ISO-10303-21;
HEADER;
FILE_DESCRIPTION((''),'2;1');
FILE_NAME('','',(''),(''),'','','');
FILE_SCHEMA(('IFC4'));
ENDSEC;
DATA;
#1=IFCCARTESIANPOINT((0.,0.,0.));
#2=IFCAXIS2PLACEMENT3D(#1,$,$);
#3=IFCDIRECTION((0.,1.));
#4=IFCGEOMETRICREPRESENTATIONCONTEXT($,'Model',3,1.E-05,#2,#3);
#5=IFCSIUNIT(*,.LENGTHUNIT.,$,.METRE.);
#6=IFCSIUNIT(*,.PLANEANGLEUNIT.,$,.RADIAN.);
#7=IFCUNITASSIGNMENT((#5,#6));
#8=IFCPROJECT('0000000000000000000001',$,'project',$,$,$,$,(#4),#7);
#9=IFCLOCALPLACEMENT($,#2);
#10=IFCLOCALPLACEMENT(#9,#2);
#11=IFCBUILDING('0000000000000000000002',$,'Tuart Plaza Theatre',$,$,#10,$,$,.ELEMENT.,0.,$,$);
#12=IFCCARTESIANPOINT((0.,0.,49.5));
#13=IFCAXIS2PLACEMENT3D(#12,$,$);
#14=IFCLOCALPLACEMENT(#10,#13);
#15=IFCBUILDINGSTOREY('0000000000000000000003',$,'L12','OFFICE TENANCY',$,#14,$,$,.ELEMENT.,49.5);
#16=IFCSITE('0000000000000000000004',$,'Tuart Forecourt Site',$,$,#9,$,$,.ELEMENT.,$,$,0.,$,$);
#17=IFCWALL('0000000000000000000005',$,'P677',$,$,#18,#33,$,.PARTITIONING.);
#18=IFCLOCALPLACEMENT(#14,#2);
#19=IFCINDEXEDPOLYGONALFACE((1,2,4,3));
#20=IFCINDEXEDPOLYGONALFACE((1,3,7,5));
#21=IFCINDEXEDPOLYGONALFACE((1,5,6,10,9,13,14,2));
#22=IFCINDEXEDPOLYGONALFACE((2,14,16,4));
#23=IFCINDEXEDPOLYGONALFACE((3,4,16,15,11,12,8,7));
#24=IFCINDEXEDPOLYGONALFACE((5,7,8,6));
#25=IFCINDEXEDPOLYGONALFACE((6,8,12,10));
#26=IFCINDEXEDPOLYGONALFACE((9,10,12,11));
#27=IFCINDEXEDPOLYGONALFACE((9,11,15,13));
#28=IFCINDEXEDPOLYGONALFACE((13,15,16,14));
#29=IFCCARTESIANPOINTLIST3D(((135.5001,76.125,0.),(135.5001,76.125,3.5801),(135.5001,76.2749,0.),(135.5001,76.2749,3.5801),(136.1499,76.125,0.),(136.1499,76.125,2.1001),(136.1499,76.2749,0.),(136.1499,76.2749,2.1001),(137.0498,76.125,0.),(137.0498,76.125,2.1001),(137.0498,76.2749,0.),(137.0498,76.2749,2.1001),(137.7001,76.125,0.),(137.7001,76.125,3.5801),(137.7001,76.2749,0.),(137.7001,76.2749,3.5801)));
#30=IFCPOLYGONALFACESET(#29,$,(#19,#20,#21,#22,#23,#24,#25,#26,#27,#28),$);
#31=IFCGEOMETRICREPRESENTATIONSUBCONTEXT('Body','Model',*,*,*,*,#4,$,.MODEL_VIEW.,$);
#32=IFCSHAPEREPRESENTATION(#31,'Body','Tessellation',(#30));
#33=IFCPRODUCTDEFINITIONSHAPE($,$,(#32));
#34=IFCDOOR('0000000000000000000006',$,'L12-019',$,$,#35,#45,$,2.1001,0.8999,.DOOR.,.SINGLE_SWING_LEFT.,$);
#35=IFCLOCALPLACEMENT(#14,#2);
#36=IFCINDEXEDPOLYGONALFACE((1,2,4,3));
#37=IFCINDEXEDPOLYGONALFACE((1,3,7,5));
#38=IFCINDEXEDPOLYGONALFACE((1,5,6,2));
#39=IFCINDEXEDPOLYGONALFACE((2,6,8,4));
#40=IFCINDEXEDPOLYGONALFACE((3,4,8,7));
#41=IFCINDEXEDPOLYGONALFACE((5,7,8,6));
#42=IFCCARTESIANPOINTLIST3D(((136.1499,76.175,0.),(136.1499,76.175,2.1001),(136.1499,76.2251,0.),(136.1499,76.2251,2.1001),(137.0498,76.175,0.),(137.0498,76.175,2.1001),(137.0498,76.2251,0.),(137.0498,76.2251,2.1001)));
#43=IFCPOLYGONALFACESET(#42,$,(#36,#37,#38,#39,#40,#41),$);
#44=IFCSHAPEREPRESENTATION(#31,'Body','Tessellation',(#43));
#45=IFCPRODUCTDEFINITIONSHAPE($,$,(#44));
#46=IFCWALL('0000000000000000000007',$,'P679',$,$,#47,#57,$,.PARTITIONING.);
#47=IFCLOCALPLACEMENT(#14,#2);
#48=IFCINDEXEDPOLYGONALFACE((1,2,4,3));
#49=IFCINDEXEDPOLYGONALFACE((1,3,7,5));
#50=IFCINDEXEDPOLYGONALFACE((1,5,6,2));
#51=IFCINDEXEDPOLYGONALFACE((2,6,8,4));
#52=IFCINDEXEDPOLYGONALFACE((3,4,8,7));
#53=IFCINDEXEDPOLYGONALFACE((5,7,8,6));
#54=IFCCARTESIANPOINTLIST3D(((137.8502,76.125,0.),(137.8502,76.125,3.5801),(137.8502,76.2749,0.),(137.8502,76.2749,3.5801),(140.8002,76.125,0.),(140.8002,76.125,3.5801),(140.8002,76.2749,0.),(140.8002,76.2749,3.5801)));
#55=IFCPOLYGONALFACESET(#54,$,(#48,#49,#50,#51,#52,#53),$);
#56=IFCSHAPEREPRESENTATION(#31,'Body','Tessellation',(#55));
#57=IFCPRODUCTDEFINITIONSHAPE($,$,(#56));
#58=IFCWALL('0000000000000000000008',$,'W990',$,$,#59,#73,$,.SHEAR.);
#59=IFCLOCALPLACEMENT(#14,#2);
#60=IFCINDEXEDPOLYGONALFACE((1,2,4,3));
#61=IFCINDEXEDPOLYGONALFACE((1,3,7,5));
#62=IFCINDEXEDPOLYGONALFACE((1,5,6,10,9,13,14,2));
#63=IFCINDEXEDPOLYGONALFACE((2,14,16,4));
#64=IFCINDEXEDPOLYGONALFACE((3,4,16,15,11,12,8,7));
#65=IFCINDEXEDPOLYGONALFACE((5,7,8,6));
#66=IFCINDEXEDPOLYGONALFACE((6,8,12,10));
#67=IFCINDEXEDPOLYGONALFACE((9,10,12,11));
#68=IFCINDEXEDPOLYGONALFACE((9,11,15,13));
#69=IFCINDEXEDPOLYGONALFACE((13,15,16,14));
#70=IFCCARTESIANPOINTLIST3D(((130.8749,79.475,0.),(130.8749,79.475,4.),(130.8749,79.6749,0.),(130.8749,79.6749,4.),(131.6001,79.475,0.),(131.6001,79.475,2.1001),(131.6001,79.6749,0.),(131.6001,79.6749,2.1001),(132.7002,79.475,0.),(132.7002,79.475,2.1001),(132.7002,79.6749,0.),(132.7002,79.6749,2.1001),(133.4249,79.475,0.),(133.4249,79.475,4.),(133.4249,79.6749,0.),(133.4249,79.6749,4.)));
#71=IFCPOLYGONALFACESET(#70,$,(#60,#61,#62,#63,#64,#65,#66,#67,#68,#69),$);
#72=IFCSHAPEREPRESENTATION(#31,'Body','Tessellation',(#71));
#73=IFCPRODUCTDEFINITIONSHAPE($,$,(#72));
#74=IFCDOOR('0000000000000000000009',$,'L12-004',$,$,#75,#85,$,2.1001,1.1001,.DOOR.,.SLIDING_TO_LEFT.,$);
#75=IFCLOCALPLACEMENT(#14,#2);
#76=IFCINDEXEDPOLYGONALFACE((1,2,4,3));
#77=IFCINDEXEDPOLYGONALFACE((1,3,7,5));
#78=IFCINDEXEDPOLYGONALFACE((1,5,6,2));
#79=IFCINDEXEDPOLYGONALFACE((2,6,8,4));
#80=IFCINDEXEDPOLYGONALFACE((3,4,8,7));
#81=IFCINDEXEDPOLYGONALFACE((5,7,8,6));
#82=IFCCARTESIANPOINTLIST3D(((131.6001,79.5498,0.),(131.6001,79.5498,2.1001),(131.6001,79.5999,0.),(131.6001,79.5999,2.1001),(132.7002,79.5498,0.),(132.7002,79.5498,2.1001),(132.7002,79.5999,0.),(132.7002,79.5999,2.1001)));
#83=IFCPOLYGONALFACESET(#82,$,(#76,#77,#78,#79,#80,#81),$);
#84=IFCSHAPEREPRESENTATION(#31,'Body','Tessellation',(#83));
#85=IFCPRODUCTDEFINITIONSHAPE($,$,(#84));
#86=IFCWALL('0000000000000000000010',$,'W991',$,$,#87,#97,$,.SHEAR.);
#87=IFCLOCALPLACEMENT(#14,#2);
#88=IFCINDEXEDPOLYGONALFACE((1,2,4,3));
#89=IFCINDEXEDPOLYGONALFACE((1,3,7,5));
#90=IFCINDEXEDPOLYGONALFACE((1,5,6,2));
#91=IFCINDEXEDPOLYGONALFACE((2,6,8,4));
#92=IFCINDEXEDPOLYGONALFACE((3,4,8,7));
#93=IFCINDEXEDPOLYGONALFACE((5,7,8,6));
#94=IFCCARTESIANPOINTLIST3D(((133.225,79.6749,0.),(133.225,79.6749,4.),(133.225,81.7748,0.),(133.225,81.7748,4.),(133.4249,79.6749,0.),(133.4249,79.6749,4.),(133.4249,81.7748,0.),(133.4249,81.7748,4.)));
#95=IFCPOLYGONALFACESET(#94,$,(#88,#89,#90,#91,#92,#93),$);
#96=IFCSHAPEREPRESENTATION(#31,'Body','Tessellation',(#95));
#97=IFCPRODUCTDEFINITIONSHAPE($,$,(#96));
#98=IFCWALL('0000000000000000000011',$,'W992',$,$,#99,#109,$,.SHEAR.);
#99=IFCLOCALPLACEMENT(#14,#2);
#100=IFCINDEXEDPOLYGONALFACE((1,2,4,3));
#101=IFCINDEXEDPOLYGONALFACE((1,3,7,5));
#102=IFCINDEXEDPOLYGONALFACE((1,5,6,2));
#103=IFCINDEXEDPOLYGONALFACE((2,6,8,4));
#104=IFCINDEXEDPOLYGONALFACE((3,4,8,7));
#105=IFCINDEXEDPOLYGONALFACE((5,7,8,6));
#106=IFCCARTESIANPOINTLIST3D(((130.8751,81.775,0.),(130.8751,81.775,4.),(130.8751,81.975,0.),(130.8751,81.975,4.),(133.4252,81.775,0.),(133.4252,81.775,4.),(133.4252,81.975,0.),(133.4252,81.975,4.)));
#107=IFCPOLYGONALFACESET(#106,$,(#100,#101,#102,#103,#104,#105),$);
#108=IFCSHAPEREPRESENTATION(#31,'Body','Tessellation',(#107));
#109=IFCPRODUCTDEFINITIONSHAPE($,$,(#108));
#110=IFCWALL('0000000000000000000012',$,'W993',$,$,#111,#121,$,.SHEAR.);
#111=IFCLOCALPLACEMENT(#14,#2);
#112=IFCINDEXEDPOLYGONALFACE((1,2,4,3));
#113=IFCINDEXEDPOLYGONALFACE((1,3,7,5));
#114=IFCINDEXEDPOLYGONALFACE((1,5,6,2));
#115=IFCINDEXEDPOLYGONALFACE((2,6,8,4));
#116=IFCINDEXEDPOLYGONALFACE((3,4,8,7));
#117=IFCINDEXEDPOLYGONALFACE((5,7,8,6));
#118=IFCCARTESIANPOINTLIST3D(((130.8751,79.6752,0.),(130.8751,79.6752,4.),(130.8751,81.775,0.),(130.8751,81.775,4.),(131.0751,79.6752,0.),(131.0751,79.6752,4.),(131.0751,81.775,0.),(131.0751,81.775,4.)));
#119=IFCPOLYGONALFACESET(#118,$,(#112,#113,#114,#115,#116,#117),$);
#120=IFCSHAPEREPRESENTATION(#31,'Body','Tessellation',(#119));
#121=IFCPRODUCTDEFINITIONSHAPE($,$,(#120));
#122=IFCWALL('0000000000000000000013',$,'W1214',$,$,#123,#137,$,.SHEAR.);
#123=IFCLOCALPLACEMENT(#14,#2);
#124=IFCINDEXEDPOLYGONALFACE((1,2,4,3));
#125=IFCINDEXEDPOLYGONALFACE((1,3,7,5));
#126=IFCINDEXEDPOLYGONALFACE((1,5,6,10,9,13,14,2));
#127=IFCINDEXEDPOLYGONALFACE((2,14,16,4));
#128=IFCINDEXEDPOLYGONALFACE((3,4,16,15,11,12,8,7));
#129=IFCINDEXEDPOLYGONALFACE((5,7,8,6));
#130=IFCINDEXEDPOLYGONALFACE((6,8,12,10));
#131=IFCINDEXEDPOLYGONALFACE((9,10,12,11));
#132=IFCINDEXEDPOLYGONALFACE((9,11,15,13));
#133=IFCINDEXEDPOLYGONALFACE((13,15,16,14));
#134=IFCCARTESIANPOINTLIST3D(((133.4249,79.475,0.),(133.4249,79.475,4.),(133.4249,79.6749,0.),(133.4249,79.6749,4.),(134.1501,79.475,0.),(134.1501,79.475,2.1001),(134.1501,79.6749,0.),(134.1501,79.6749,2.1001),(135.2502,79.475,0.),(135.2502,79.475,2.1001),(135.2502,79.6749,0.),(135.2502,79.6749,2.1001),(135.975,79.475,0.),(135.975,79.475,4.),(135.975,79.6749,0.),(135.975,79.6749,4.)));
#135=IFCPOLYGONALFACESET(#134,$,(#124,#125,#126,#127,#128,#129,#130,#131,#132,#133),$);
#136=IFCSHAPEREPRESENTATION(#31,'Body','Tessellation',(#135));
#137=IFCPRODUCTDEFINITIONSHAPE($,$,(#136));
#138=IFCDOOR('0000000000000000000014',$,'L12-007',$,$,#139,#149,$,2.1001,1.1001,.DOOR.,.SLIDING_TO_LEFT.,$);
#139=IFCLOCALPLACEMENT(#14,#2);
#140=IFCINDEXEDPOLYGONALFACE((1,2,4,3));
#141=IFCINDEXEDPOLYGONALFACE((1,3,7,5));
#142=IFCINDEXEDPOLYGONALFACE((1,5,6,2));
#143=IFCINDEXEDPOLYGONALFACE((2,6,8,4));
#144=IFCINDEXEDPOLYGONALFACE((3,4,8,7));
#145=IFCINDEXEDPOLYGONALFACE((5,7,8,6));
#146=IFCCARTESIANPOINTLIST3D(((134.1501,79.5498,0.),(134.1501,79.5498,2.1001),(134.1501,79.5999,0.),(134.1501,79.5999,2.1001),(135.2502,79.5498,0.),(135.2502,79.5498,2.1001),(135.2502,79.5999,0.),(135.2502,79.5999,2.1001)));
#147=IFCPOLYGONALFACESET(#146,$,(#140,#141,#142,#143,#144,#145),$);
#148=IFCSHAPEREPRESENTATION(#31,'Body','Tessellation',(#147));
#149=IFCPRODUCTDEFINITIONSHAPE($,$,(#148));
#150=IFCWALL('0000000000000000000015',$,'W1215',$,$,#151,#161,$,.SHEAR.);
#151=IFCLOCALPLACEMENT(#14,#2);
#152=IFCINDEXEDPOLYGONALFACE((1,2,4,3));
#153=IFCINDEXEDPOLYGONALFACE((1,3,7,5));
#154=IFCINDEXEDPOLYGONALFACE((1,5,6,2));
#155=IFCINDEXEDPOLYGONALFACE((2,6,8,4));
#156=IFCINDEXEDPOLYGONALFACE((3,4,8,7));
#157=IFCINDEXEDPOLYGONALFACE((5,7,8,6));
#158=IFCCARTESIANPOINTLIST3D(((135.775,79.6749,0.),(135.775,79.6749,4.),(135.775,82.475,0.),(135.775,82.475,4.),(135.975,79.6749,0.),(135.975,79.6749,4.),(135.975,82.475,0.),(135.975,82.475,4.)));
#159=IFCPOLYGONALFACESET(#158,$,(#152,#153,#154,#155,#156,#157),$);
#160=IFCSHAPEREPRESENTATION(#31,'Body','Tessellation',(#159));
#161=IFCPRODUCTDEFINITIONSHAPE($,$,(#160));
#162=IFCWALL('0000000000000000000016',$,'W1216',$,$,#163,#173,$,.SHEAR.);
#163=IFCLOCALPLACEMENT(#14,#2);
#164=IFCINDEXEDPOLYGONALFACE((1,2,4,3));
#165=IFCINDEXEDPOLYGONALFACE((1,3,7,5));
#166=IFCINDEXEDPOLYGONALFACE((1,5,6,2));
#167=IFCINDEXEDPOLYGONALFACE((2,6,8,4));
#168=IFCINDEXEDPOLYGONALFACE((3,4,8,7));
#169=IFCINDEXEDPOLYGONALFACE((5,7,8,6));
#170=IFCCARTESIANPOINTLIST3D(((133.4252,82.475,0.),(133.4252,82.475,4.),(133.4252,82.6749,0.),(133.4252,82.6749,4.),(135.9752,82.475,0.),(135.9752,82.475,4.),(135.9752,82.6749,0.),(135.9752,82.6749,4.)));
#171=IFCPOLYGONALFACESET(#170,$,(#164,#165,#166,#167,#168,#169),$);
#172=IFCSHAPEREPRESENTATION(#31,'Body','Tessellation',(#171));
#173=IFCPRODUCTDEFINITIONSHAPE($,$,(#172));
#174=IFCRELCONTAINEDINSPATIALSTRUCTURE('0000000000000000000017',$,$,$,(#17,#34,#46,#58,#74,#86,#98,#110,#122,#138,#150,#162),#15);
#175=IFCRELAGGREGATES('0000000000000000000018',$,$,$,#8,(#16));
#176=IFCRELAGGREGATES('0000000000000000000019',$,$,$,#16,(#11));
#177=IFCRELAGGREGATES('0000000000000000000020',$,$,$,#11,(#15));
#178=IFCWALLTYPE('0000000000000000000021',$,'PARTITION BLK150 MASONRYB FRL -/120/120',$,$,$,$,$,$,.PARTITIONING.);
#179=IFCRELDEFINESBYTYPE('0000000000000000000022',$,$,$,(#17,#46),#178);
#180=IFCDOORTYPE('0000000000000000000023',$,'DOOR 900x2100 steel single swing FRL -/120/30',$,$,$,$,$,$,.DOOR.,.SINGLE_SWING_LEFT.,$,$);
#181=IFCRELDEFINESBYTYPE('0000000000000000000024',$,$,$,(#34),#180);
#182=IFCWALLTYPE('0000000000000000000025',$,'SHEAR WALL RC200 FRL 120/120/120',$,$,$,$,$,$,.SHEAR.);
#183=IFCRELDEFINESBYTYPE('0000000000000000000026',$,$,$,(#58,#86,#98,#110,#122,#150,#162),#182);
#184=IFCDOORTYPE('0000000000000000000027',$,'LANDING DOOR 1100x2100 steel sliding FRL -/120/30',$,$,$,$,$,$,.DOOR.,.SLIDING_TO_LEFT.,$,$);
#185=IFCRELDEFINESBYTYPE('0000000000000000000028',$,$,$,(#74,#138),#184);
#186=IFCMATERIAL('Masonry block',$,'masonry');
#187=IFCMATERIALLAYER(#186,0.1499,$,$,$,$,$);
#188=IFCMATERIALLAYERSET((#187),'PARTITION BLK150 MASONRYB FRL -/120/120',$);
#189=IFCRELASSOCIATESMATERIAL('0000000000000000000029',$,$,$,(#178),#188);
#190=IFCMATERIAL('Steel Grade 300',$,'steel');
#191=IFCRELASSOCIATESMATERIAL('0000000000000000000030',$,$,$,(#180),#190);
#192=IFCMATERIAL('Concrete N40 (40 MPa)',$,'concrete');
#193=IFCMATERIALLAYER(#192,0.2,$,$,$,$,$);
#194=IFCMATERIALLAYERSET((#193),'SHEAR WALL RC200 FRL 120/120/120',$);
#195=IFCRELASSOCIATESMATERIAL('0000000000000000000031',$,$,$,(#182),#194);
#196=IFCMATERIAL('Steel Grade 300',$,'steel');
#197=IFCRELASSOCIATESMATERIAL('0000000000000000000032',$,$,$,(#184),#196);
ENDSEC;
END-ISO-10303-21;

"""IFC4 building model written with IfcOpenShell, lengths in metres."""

from ifc_helpers import new_model, si_unit, direction, frame, frame_2d, origin, place, context, subcontext, project, spatial, rectangle, extrude, material, layer, layer_set, type_object, element, fill, save


model = new_model("IFC4")

# Units and contexts
model_context = context("Model", 3, precision=1e-05, world=origin(), true_north=direction((0.0, 1.0)))
body_context = subcontext(model_context, "Body", "Model", "MODEL_VIEW")
ifc_project = project(units=[si_unit("LENGTHUNIT", "METRE"), si_unit("PLANEANGLEUNIT", "RADIAN")], contexts=[model_context])

# Site, building, storey
site_placement = place(None, origin())
site = spatial("IfcSite", under=ifc_project, at=site_placement, Name="Tuart Forecourt Site", CompositionType="ELEMENT", RefElevation=0.0)
building_placement = place(site_placement, origin())
building = spatial("IfcBuilding", under=site, at=building_placement, Name="Tuart Plaza Theatre", CompositionType="ELEMENT", ElevationOfRefHeight=0.0)
storey_placement = place(building_placement, frame((0.0, 0.0, 49.5)))
storey = spatial("IfcBuildingStorey", under=building, at=storey_placement, Name="L12", Description="OFFICE TENANCY", CompositionType="ELEMENT", Elevation=49.5)

# Wall, opening, door
ifc_material_1 = material(Name="Masonry block", Category="masonry")
ifc_layer_1 = layer(ifc_material_1, 0.1499)
ifc_layer_set_1 = layer_set([ifc_layer_1], Name="PARTITION BLK150 MASONRYB FRL -/120/120")
wall_type_1 = type_object("IfcWallType", Name="PARTITION BLK150 MASONRYB FRL -/120/120", PredefinedType="PARTITIONING", material=ifc_layer_set_1)
wall_1_placement = place(storey_placement, frame((135.5, 76.2, 0.0), z_axis=(0.0, 0.0, 1.0), x_axis=(1.0, 0.0, 0.0)))
wall_1 = element("IfcWall", 1, at=wall_1_placement, inside=storey, type_object=wall_type_1, Name="P677", PredefinedType="PARTITIONING", context=body_context, shape_type="SweptSolid", body=[
    extrude(rectangle(XDim=2.2, YDim=0.1499, at=frame_2d((1.1001, 0.0))), origin(), (0.0, 0.0, 1.0), 3.5801),
])
opening_1_placement = place(wall_1_placement, frame((0.6499, 0.0, 0.0)))
opening_1 = element("IfcOpeningElement", 2, at=opening_1_placement, cuts=wall_1, PredefinedType="OPENING", context=body_context, shape_type="SweptSolid", body=[
    extrude(rectangle(XDim=0.8999, YDim=2.1001, at=frame_2d((0.45, 1.05))), frame((0.0, 0.085, 0.0), z_axis=(0.0, -1.0, 0.0), x_axis=(1.0, 0.0, 0.0)), (0.0, 0.0, 1.0), 0.1699),
])
ifc_material_2 = material(Name="Steel Grade 300", Category="steel")
door_type_1 = type_object("IfcDoorType", Name="DOOR 900x2100 steel single swing FRL -/120/30", OperationType="SINGLE_SWING_LEFT", PredefinedType="DOOR", material=ifc_material_2)
door_1_placement = place(opening_1_placement, frame((0.8999, 0.0, 0.0), z_axis=(0.0, 0.0, 1.0), x_axis=(-1.0, 0.0, 0.0)))
door_1 = element("IfcDoor", 3, at=door_1_placement, inside=storey, type_object=door_type_1, Name="L12-019", OperationType="SINGLE_SWING_LEFT", OverallHeight=2.1001, OverallWidth=0.8999, PredefinedType="DOOR", context=body_context, shape_type="SweptSolid", body=[
    extrude(rectangle(XDim=0.8999, YDim=2.1001, at=frame_2d((0.45, 1.05))), frame((0.0, 0.0249, 0.0), z_axis=(0.0, -1.0, 0.0), x_axis=(1.0, 0.0, 0.0)), (0.0, 0.0, 1.0), 0.05),
])
fill(opening_1, door_1)

# Wall
wall_2_placement = place(storey_placement, frame((137.8501, 76.2, 0.0), z_axis=(0.0, 0.0, 1.0), x_axis=(1.0, 0.0, 0.0)))
element("IfcWall", 4, at=wall_2_placement, inside=storey, type_object=wall_type_1, Name="P679", PredefinedType="PARTITIONING", context=body_context, shape_type="SweptSolid", body=[
    extrude(rectangle(XDim=2.95, YDim=0.1499, at=frame_2d((1.4751, 0.0))), origin(), (0.0, 0.0, 1.0), 3.5801),
])

# Wall, opening, door
ifc_material_3 = material(Name="Concrete N40 (40 MPa)", Category="concrete")
ifc_layer_2 = layer(ifc_material_3, 0.2)
ifc_layer_set_2 = layer_set([ifc_layer_2], Name="SHEAR WALL RC200 FRL 120/120/120")
wall_type_2 = type_object("IfcWallType", Name="SHEAR WALL RC200 FRL 120/120/120", PredefinedType="SHEAR", material=ifc_layer_set_2)
wall_3_placement = place(storey_placement, frame((130.875, 79.575, 0.0), z_axis=(0.0, 0.0, 1.0), x_axis=(1.0, 0.0, 0.0)))
wall_3 = element("IfcWall", 5, at=wall_3_placement, inside=storey, type_object=wall_type_2, Name="W990", PredefinedType="SHEAR", context=body_context, shape_type="SweptSolid", body=[
    extrude(rectangle(XDim=2.55, YDim=0.2, at=frame_2d((1.2749, 0.0))), origin(), (0.0, 0.0, 1.0), 4.0),
])
opening_2_placement = place(wall_3_placement, frame((0.7251, 0.0, 0.0)))
opening_2 = element("IfcOpeningElement", 6, at=opening_2_placement, cuts=wall_3, PredefinedType="OPENING", context=body_context, shape_type="SweptSolid", body=[
    extrude(rectangle(XDim=1.1001, YDim=2.1001, at=frame_2d((0.55, 1.05))), frame((0.0, 0.1099, 0.0), z_axis=(0.0, -1.0, 0.0), x_axis=(1.0, 0.0, 0.0)), (0.0, 0.0, 1.0), 0.22),
])
ifc_material_4 = material(Name="Steel Grade 300", Category="steel")
door_type_2 = type_object("IfcDoorType", Name="LANDING DOOR 1100x2100 steel sliding FRL -/120/30", OperationType="SLIDING_TO_LEFT", PredefinedType="DOOR", material=ifc_material_4)
door_2_placement = place(opening_2_placement, origin())
door_2 = element("IfcDoor", 7, at=door_2_placement, inside=storey, type_object=door_type_2, Name="L12-004", OperationType="SLIDING_TO_LEFT", OverallHeight=2.1001, OverallWidth=1.1001, PredefinedType="DOOR", context=body_context, shape_type="SweptSolid", body=[
    extrude(rectangle(XDim=1.1001, YDim=2.1001, at=frame_2d((0.55, 1.05))), frame((0.0, 0.0249, 0.0), z_axis=(0.0, -1.0, 0.0), x_axis=(1.0, 0.0, 0.0)), (0.0, 0.0, 1.0), 0.05),
])
fill(opening_2, door_2)

# Walls
wall_4_placement = place(storey_placement, frame((133.325, 79.675, 0.0), z_axis=(0.0, 0.0, 1.0), x_axis=(0.0, 1.0, 0.0)))
element("IfcWall", 8, at=wall_4_placement, inside=storey, type_object=wall_type_2, Name="W991", PredefinedType="SHEAR", context=body_context, shape_type="SweptSolid", body=[
    extrude(rectangle(XDim=2.0999, YDim=0.2, at=frame_2d((1.0498, 0.0))), origin(), (0.0, 0.0, 1.0), 4.0),
])
wall_5_placement = place(storey_placement, frame((133.425, 81.875, 0.0), z_axis=(0.0, 0.0, 1.0), x_axis=(-1.0, 0.0, 0.0)))
element("IfcWall", 9, at=wall_5_placement, inside=storey, type_object=wall_type_2, Name="W992", PredefinedType="SHEAR", context=body_context, shape_type="SweptSolid", body=[
    extrude(rectangle(XDim=2.55, YDim=0.2, at=frame_2d((1.2749, 0.0))), origin(), (0.0, 0.0, 1.0), 4.0),
])
wall_6_placement = place(storey_placement, frame((130.9751, 81.7749, 0.0), z_axis=(0.0, 0.0, 1.0), x_axis=(0.0, -1.0, 0.0)))
element("IfcWall", 10, at=wall_6_placement, inside=storey, type_object=wall_type_2, Name="W993", PredefinedType="SHEAR", context=body_context, shape_type="SweptSolid", body=[
    extrude(rectangle(XDim=2.0999, YDim=0.2, at=frame_2d((1.0498, 0.0))), origin(), (0.0, 0.0, 1.0), 4.0),
])

# Wall, opening, door
wall_7_placement = place(storey_placement, frame((133.425, 79.575, 0.0), z_axis=(0.0, 0.0, 1.0), x_axis=(1.0, 0.0, 0.0)))
wall_7 = element("IfcWall", 11, at=wall_7_placement, inside=storey, type_object=wall_type_2, Name="W1214", PredefinedType="SHEAR", context=body_context, shape_type="SweptSolid", body=[
    extrude(rectangle(XDim=2.55, YDim=0.2, at=frame_2d((1.2749, 0.0))), origin(), (0.0, 0.0, 1.0), 4.0),
])
opening_3_placement = place(wall_7_placement, frame((0.7251, 0.0, 0.0)))
opening_3 = element("IfcOpeningElement", 12, at=opening_3_placement, cuts=wall_7, PredefinedType="OPENING", context=body_context, shape_type="SweptSolid", body=[
    extrude(rectangle(XDim=1.1001, YDim=2.1001, at=frame_2d((0.55, 1.05))), frame((0.0, 0.1099, 0.0), z_axis=(0.0, -1.0, 0.0), x_axis=(1.0, 0.0, 0.0)), (0.0, 0.0, 1.0), 0.22),
])
door_3_placement = place(opening_3_placement, origin())
door_3 = element("IfcDoor", 13, at=door_3_placement, inside=storey, type_object=door_type_2, Name="L12-007", OperationType="SLIDING_TO_LEFT", OverallHeight=2.1001, OverallWidth=1.1001, PredefinedType="DOOR", context=body_context, shape_type="SweptSolid", body=[
    extrude(rectangle(XDim=1.1001, YDim=2.1001, at=frame_2d((0.55, 1.05))), frame((0.0, 0.0249, 0.0), z_axis=(0.0, -1.0, 0.0), x_axis=(1.0, 0.0, 0.0)), (0.0, 0.0, 1.0), 0.05),
])
fill(opening_3, door_3)

# Walls
wall_8_placement = place(storey_placement, frame((135.875, 79.675, 0.0), z_axis=(0.0, 0.0, 1.0), x_axis=(0.0, 1.0, 0.0)))
element("IfcWall", 14, at=wall_8_placement, inside=storey, type_object=wall_type_2, Name="W1215", PredefinedType="SHEAR", context=body_context, shape_type="SweptSolid", body=[
    extrude(rectangle(XDim=2.8, YDim=0.2, at=frame_2d((1.3999, 0.0))), origin(), (0.0, 0.0, 1.0), 4.0),
])
wall_9_placement = place(storey_placement, frame((135.9751, 82.575, 0.0), z_axis=(0.0, 0.0, 1.0), x_axis=(-1.0, 0.0, 0.0)))
element("IfcWall", 15, at=wall_9_placement, inside=storey, type_object=wall_type_2, Name="W1216", PredefinedType="SHEAR", context=body_context, shape_type="SweptSolid", body=[
    extrude(rectangle(XDim=2.55, YDim=0.2, at=frame_2d((1.2749, 0.0))), origin(), (0.0, 0.0, 1.0), 4.0),
])

save(model, "model.ifc")
